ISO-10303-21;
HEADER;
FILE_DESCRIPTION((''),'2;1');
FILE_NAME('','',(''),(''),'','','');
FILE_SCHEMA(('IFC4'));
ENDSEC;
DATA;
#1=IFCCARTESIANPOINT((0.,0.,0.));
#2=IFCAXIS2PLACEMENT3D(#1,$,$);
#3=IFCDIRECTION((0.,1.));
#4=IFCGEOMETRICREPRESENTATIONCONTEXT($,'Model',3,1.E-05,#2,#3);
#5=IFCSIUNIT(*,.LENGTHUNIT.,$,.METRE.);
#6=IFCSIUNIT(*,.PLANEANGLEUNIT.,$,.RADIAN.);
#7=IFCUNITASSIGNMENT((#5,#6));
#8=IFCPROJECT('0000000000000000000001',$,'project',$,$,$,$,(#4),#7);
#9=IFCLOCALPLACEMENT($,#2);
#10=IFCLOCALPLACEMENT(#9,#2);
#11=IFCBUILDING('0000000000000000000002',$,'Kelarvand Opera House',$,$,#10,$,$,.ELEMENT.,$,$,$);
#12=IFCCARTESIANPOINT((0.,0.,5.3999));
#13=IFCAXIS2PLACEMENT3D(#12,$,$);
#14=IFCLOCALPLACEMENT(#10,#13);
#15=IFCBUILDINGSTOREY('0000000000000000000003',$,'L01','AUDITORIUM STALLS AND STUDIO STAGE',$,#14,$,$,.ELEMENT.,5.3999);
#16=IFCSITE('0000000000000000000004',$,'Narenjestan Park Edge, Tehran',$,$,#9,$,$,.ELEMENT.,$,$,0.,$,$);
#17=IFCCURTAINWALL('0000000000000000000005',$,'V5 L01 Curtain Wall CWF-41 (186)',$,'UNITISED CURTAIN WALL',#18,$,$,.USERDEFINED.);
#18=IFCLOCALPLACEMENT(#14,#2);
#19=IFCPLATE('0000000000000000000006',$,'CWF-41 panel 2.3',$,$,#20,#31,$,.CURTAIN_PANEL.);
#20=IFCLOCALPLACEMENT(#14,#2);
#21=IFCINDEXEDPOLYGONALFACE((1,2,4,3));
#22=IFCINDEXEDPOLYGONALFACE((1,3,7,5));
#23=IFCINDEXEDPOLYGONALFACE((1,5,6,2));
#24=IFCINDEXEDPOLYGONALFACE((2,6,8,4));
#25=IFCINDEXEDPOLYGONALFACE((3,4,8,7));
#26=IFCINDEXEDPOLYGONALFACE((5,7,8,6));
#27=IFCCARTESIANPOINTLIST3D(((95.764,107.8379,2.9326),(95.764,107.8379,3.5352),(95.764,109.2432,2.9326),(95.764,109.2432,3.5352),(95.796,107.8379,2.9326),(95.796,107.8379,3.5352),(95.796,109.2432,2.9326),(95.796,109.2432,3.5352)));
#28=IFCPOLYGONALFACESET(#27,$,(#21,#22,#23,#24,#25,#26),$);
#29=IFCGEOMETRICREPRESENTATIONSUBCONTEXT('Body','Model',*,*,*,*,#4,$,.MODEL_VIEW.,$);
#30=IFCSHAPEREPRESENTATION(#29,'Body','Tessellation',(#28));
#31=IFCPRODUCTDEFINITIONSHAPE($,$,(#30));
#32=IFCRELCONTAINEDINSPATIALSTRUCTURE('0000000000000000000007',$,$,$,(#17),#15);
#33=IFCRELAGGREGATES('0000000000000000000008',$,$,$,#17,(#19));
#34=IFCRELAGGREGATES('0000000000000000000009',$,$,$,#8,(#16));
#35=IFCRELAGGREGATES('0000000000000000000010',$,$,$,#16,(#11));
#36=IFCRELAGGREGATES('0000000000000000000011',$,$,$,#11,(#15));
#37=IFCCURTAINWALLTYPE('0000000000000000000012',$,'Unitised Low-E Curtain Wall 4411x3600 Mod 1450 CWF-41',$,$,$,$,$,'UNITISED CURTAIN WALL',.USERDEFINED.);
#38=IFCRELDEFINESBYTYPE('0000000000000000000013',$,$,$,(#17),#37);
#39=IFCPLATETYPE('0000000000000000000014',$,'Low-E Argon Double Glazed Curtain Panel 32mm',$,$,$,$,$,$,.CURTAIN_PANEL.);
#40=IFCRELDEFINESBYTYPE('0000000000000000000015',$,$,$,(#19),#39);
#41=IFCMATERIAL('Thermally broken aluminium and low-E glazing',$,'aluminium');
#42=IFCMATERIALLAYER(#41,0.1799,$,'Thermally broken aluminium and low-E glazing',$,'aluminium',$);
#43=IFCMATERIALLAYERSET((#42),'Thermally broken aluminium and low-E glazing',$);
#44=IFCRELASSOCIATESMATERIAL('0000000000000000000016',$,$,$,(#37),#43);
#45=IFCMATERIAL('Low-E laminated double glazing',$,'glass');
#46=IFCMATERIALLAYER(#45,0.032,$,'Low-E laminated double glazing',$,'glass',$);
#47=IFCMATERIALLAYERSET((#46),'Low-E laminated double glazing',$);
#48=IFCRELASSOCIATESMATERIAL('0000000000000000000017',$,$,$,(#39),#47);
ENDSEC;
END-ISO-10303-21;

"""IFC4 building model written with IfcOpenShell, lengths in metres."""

from ifc_helpers import new_model, si_unit, direction, frame, origin, origin_2d, place, context, subcontext, project, spatial, rectangle, extrude, material, layer, layer_set, type_object, element, aggregate, save


model = new_model("IFC4")

# Units and contexts
model_context = context("Model", 3, precision=1e-05, world=origin(), true_north=direction((0.0, 1.0)))
body_context = subcontext(model_context, "Body", "Model", "MODEL_VIEW")
ifc_project = project(units=[si_unit("LENGTHUNIT", "METRE"), si_unit("PLANEANGLEUNIT", "RADIAN")], contexts=[model_context])

# Site, building, storey
site_placement = place(None, origin())
site = spatial("IfcSite", under=ifc_project, at=site_placement, Name="Narenjestan Park Edge, Tehran", CompositionType="ELEMENT", RefElevation=0.0)
building_placement = place(site_placement, origin())
building = spatial("IfcBuilding", under=site, at=building_placement, Name="Kelarvand Opera House", CompositionType="ELEMENT")
storey_placement = place(building_placement, frame((0.0, 0.0, 5.3999)))
storey = spatial("IfcBuildingStorey", under=building, at=storey_placement, Name="L01", Description="AUDITORIUM STALLS AND STUDIO STAGE", CompositionType="ELEMENT", Elevation=5.3999)

# Shared definitions
ifc_material_1 = material(Name="Thermally broken aluminium and low-E glazing", Category="aluminium")

# Curtain wall
ifc_layer_1 = layer(ifc_material_1, 0.1799, Name="Thermally broken aluminium and low-E glazing", Category="aluminium")
ifc_layer_set_1 = layer_set([ifc_layer_1], Name="Thermally broken aluminium and low-E glazing")
curtain_wall_type_1 = type_object("IfcCurtainWallType", Name="Unitised Low-E Curtain Wall 4411x3600 Mod 1450 CWF-41", ElementType="UNITISED CURTAIN WALL", PredefinedType="USERDEFINED", material=ifc_layer_set_1)
curtain_wall_1_placement = place(storey_placement, origin())
curtain_wall_1 = element("IfcCurtainWall", 1, at=curtain_wall_1_placement, inside=storey, type_object=curtain_wall_type_1, Name="V5 L01 Curtain Wall CWF-41 (186)", ObjectType="UNITISED CURTAIN WALL", PredefinedType="USERDEFINED")

# Plate
ifc_material_2 = material(Name="Low-E laminated double glazing", Category="glass")
ifc_layer_2 = layer(ifc_material_2, 0.032, Name="Low-E laminated double glazing", Category="glass")
ifc_layer_set_2 = layer_set([ifc_layer_2], Name="Low-E laminated double glazing")
plate_type = type_object("IfcPlateType", Name="Low-E Argon Double Glazed Curtain Panel 32mm", PredefinedType="CURTAIN_PANEL", material=ifc_layer_set_2)
plate_1_placement = place(storey_placement, frame((95.78, 108.5405, 2.9326), z_axis=(0.0, 0.0, 1.0), x_axis=(0.0, 1.0, 0.0)))
plate_1 = element("IfcPlate", 2, at=plate_1_placement, type_object=plate_type, Name="CWF-41 panel 2.3", PredefinedType="CURTAIN_PANEL", context=body_context, shape_type="SweptSolid", body=[
    extrude(rectangle(XDim=1.4053, YDim=0.032, at=origin_2d()), origin(), (0.0, 0.0, 1.0), 0.6025),
])
aggregate(curtain_wall_1, [plate_1])

save(model, "model.ifc")
